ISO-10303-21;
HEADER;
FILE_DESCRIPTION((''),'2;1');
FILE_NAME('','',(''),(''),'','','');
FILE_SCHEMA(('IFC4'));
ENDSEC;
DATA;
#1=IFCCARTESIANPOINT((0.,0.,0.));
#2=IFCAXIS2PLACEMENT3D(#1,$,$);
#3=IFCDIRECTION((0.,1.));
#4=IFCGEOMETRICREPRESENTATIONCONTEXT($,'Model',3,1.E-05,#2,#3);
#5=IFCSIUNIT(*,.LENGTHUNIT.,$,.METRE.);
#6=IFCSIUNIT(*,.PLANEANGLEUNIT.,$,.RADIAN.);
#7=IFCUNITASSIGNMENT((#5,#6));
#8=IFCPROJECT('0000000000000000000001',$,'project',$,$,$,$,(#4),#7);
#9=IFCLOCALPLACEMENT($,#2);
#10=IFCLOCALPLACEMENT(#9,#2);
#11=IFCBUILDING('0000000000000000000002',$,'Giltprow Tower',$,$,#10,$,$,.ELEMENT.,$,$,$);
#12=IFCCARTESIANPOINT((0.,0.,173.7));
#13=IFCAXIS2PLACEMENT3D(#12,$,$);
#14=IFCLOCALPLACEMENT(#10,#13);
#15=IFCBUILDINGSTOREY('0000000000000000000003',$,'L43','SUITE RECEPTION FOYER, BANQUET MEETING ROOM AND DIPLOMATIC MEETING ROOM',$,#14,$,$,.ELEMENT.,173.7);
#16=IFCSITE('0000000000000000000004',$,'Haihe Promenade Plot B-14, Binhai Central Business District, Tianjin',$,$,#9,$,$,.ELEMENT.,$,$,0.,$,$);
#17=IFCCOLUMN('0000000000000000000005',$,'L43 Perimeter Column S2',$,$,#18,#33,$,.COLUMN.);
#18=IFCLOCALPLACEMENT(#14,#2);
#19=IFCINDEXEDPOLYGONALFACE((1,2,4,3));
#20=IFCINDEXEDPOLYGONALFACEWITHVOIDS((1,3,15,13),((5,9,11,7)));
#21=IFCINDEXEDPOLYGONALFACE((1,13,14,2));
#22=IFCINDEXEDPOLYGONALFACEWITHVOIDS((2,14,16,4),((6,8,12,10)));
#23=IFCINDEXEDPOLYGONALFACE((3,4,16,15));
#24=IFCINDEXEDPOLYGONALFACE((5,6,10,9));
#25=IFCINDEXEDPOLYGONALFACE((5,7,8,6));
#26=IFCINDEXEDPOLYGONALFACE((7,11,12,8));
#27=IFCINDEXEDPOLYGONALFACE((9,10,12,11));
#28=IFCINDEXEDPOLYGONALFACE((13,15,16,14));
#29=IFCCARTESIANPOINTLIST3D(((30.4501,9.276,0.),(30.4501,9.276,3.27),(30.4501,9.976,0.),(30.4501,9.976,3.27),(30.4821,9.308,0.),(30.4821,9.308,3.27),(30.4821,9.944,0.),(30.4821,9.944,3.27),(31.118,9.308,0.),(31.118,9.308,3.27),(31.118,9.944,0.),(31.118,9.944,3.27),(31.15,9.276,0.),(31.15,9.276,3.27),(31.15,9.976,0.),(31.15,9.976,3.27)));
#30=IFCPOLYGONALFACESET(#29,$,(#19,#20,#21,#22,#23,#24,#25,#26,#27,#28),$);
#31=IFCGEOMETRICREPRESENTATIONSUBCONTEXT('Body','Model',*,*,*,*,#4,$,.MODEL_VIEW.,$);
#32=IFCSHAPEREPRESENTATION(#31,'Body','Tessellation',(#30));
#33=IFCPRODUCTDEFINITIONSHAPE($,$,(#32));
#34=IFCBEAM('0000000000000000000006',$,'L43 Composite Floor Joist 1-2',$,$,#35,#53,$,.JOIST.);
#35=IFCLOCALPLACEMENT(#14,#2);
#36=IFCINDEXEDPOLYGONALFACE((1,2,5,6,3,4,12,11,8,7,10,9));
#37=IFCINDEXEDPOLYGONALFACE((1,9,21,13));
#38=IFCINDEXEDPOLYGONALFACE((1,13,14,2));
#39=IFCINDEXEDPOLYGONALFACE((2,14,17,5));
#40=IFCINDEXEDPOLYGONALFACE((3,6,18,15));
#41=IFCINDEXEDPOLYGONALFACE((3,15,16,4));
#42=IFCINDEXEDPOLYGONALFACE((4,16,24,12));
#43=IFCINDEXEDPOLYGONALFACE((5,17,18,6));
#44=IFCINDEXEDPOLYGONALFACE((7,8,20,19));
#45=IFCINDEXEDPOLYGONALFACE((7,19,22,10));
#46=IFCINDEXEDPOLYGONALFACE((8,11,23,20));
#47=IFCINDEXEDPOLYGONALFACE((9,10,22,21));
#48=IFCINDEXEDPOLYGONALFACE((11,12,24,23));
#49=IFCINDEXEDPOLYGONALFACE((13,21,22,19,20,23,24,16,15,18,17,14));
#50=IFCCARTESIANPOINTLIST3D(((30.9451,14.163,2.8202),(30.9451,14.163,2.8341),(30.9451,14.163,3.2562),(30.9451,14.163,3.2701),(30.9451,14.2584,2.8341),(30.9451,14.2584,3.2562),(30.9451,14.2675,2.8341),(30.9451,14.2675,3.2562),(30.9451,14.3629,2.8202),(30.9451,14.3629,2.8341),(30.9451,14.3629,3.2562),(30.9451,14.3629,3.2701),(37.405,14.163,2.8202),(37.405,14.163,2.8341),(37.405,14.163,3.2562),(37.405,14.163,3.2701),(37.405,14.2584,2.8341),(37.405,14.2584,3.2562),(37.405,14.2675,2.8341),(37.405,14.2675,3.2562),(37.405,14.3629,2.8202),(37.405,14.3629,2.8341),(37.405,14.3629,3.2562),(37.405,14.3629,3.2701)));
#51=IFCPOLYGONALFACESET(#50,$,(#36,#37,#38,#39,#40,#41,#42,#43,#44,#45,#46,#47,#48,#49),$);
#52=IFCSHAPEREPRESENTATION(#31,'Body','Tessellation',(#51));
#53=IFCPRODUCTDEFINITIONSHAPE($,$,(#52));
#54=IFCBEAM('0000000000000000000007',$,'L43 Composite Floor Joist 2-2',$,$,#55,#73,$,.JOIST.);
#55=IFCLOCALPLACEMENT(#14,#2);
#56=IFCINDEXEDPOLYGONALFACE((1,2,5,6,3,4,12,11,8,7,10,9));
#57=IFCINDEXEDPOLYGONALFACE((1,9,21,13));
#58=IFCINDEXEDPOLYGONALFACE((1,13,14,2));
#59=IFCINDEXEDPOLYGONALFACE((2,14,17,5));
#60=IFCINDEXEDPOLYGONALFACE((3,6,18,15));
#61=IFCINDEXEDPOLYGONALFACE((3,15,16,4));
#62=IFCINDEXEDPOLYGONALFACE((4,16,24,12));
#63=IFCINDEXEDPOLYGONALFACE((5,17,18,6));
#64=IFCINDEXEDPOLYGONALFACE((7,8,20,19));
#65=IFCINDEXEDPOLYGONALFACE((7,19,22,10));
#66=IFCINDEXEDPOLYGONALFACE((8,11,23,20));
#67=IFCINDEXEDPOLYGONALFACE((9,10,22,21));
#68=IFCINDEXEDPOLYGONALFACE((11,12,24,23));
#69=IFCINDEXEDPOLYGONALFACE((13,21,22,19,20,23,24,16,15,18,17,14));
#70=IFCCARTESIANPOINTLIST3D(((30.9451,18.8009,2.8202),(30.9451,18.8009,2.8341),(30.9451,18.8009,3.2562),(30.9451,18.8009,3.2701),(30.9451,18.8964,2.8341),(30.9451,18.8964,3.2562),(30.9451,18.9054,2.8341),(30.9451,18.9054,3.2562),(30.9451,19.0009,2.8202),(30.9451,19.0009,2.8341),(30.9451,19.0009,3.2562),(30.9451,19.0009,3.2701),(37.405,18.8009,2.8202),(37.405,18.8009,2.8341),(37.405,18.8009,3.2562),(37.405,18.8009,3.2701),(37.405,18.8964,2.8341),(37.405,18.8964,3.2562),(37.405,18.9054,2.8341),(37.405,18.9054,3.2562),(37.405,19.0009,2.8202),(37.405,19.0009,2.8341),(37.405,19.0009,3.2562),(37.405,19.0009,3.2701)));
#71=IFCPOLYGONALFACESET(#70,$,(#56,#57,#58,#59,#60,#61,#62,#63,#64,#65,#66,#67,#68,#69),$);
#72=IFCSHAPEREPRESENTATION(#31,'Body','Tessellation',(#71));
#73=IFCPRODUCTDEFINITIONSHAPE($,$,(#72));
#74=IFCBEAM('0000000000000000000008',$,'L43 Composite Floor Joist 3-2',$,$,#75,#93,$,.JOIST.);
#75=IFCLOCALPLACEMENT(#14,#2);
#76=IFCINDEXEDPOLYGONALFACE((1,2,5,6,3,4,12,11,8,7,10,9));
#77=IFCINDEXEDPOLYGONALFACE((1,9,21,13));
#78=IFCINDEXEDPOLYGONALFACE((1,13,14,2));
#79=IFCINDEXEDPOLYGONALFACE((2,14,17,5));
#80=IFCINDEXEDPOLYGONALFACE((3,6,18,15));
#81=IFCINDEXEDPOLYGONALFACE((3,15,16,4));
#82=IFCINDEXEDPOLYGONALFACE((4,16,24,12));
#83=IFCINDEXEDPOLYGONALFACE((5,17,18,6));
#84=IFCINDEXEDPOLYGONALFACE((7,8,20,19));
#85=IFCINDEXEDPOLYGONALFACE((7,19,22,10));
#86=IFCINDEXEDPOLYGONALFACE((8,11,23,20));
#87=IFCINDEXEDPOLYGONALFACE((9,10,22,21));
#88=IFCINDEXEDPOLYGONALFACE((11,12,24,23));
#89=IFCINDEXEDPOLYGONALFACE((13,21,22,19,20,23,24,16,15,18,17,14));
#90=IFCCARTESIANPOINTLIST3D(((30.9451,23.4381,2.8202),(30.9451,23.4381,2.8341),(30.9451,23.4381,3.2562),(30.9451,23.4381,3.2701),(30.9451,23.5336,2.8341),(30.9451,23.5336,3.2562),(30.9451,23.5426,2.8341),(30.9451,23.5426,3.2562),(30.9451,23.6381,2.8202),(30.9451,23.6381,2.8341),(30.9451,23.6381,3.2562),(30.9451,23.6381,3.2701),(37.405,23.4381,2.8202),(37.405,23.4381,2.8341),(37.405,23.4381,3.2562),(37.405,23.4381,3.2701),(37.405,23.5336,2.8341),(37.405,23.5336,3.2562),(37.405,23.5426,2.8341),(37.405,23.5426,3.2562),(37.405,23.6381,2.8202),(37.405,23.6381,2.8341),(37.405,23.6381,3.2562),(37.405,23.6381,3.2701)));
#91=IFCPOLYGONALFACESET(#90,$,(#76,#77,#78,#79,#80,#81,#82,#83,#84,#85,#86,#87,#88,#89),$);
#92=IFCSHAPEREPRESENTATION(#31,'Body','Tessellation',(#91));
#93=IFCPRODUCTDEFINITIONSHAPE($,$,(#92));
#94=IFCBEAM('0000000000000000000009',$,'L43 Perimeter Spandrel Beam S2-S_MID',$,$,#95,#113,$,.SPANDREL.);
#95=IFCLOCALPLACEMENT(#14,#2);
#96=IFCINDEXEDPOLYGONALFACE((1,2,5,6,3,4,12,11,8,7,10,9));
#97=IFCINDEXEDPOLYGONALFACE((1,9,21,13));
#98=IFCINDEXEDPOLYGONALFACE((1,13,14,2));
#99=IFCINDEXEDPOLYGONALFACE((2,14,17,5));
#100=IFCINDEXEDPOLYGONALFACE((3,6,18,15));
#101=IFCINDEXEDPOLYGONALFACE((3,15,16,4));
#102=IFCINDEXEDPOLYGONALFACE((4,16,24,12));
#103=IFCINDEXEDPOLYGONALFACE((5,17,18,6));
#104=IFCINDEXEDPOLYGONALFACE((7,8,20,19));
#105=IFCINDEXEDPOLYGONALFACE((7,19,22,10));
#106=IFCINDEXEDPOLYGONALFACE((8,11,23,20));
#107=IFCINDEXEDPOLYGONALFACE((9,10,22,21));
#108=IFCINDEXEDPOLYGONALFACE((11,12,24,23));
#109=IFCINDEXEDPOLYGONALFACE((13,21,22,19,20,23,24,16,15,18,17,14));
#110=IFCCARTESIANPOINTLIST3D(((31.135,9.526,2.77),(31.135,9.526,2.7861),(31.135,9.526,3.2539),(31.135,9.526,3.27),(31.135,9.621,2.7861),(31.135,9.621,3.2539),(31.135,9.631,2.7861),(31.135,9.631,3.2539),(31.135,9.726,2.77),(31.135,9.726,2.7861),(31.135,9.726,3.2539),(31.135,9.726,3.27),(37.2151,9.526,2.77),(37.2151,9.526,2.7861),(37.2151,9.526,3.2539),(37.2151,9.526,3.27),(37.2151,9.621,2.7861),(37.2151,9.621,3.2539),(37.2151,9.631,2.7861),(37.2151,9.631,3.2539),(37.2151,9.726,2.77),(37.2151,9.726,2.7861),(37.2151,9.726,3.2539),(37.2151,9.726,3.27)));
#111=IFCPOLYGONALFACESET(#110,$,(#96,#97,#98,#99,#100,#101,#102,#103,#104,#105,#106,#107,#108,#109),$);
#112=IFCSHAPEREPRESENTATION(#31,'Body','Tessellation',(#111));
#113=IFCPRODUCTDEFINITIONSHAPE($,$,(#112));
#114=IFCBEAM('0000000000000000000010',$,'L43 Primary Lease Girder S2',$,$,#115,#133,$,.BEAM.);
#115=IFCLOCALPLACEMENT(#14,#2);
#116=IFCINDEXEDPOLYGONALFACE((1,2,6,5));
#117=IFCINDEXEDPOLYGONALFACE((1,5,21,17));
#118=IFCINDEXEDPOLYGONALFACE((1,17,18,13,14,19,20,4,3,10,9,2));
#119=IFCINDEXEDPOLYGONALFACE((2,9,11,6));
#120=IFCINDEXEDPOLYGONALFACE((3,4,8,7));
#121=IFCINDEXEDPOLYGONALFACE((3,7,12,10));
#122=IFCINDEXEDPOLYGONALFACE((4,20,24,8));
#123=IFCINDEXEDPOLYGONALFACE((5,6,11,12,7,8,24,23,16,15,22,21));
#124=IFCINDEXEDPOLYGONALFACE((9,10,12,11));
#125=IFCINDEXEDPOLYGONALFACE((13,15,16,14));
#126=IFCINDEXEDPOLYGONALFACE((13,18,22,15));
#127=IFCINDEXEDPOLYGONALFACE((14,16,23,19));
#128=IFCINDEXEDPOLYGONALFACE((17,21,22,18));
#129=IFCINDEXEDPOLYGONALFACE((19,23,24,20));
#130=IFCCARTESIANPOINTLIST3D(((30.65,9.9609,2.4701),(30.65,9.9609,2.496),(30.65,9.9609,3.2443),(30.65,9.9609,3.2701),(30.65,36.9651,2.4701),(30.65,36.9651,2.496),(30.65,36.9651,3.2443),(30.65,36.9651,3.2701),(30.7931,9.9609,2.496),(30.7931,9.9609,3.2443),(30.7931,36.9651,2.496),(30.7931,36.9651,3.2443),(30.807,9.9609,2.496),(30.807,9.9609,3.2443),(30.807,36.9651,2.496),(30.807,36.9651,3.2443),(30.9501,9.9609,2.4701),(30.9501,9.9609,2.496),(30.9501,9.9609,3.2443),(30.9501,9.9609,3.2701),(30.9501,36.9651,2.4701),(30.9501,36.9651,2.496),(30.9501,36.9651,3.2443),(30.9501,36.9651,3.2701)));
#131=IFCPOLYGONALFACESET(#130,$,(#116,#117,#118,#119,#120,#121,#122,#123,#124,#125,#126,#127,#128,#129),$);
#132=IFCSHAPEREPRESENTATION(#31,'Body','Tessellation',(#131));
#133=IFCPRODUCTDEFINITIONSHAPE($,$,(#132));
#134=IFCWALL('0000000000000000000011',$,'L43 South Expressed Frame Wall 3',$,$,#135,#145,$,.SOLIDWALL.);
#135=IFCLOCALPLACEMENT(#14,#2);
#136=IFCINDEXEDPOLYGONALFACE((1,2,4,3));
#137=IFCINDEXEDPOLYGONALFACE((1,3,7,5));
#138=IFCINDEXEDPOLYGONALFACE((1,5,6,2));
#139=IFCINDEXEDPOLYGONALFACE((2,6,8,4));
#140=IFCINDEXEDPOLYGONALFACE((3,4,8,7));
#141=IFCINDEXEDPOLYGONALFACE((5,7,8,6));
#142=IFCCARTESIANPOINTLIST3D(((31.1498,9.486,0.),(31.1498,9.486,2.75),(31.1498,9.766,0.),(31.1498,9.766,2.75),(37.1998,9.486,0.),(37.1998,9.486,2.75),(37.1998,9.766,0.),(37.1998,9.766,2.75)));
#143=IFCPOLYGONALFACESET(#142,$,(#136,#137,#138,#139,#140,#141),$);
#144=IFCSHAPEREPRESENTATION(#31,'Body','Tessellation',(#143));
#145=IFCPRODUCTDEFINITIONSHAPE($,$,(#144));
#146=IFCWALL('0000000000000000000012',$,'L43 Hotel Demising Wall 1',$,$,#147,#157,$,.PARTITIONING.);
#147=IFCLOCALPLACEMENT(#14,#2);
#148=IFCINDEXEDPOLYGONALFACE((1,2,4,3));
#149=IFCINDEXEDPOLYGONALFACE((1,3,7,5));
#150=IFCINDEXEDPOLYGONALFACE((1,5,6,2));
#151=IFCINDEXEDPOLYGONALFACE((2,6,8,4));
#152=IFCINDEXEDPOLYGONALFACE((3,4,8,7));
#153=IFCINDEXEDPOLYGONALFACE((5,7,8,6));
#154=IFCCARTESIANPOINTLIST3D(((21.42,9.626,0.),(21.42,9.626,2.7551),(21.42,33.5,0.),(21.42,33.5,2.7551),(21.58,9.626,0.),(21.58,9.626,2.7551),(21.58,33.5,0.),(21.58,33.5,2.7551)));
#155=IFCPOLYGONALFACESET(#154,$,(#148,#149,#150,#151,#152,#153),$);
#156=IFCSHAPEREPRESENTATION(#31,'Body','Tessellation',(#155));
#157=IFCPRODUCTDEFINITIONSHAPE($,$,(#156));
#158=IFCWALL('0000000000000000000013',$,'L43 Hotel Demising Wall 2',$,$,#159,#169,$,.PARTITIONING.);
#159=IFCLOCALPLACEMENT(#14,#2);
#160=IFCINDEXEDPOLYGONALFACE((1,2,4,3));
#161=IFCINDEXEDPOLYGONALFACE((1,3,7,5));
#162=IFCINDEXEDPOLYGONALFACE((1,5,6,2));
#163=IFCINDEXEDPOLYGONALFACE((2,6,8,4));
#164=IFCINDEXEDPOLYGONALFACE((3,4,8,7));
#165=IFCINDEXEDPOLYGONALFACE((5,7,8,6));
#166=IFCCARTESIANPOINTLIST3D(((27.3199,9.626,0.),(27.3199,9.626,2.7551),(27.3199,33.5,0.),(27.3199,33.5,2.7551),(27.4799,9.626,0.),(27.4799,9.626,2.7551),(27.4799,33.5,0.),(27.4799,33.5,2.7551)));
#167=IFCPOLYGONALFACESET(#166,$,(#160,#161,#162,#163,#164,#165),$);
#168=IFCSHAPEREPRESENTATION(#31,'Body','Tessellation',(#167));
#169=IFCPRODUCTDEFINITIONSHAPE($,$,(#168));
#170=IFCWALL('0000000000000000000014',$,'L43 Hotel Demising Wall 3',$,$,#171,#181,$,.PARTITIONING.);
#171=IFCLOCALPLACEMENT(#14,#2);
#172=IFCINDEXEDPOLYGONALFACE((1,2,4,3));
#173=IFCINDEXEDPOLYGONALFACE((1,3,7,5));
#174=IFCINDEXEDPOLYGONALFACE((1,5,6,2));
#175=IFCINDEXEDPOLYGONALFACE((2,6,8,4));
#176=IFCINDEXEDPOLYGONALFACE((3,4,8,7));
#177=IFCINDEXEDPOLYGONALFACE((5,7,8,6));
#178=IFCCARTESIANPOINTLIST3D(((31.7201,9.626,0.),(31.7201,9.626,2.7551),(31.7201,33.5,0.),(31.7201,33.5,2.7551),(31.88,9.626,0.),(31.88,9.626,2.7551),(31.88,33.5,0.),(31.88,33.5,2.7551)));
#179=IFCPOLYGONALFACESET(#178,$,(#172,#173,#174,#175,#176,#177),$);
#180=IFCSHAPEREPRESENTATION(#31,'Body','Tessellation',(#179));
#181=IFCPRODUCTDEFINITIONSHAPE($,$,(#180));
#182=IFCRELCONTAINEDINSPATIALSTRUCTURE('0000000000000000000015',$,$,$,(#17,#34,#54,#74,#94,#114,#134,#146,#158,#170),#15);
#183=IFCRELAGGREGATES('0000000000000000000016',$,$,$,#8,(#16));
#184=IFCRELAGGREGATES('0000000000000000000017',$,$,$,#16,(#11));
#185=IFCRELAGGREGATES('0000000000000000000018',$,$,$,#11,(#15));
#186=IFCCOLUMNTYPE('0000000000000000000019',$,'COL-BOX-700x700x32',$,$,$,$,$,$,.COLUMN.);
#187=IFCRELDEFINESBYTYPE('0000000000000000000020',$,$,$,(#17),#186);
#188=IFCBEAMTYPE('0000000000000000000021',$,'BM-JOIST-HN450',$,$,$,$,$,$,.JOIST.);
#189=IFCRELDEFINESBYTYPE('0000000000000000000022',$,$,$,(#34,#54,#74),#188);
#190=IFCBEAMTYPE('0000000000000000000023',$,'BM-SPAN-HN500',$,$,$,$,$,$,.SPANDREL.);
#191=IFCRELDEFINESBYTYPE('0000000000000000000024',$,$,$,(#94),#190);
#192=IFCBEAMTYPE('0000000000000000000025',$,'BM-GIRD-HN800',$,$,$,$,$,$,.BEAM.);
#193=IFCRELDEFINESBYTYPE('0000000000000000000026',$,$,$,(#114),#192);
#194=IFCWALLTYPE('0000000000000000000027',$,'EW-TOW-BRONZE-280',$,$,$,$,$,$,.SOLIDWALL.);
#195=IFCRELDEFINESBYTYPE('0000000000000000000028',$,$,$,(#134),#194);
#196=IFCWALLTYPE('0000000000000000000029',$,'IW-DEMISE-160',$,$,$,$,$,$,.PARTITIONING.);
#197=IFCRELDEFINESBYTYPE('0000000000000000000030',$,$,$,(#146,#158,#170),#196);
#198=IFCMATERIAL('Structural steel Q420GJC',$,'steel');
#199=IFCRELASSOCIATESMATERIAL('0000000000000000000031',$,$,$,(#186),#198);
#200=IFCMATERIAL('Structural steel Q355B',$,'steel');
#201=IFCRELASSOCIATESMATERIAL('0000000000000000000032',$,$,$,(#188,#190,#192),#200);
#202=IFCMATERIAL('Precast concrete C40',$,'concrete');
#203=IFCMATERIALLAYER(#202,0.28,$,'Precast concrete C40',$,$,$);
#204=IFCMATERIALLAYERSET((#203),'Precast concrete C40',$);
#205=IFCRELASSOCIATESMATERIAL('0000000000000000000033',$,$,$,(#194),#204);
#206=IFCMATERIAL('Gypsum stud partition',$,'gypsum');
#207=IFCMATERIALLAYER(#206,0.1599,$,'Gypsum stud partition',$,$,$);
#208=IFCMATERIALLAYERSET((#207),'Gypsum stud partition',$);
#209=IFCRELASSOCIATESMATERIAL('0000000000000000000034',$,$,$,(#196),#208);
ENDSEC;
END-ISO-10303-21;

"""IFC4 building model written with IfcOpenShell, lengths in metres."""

from ifc_helpers import new_model, si_unit, direction, frame, frame_2d, origin, origin_2d, place, context, subcontext, project, spatial, rectangle, hollow_rectangle, i_section, extrude, source, transform, mapped, material, layer, layer_set, material_profile, profile_set, type_object, element, save


model = new_model("IFC4")

# Units and contexts
model_context = context("Model", 3, precision=1e-05, world=origin(), true_north=direction((0.0, 1.0)))
body_context = subcontext(model_context, "Body", "Model", "MODEL_VIEW")
ifc_project = project(units=[si_unit("LENGTHUNIT", "METRE"), si_unit("PLANEANGLEUNIT", "RADIAN")], contexts=[model_context])

# Site, building, storey
site_placement = place(None, origin())
site = spatial("IfcSite", under=ifc_project, at=site_placement, Name="Haihe Promenade Plot B-14, Binhai Central Business District, Tianjin", CompositionType="ELEMENT", RefElevation=0.0)
building_placement = place(site_placement, origin())
building = spatial("IfcBuilding", under=site, at=building_placement, Name="Giltprow Tower", CompositionType="ELEMENT")
storey_placement = place(building_placement, frame((0.0, 0.0, 173.7)))
storey = spatial("IfcBuildingStorey", under=building, at=storey_placement, Name="L43", Description="SUITE RECEPTION FOYER, BANQUET MEETING ROOM AND DIPLOMATIC MEETING ROOM", CompositionType="ELEMENT", Elevation=173.7)

# Column
ifc_material_1 = material(Name="Structural steel Q420GJC", Category="steel")
ifc_material_profile_1 = material_profile(ifc_material_1, hollow_rectangle(XDim=0.7, YDim=0.7, WallThickness=0.032, at=origin_2d()), Name="BOX 700x700x32")
ifc_profile_set_1 = profile_set([ifc_material_profile_1], Name="Structural steel Q420GJC")
column_type = type_object("IfcColumnType", Name="COL-BOX-700x700x32", PredefinedType="COLUMN", material=ifc_profile_set_1)
shared_shape_1 = source(origin(), body_context, "Body", "SweptSolid", [
    extrude(hollow_rectangle(XDim=0.7, YDim=0.7, WallThickness=0.032, at=origin_2d()), origin(), (0.0, 0.0, 1.0), 3.27),
])
column_placement = place(storey_placement, frame((30.8, 9.626, 0.0), z_axis=(0.0, 0.0, 1.0), x_axis=(1.0, 0.0, 0.0)))
element("IfcColumn", 1, at=column_placement, inside=storey, type_object=column_type, Name="L43 Perimeter Column S2", PredefinedType="COLUMN", context=body_context, shape_type="MappedRepresentation", body=[
    mapped(shared_shape_1, transform((0.0, 0.0, 0.0), x_axis=(1.0, 0.0, 0.0), y_axis=(0.0, 1.0, 0.0), z_axis=(0.0, 0.0, 1.0), scale=1.0)),
])

# Beams
ifc_material_2 = material(Name="Structural steel Q355B", Category="steel")
ifc_material_profile_2 = material_profile(ifc_material_2, i_section(OverallWidth=0.2, OverallDepth=0.45, WebThickness=0.009, FlangeThickness=0.0139, at=origin_2d()), Name="HN 450x200x9x14")
ifc_profile_set_2 = profile_set([ifc_material_profile_2], Name="Structural steel Q355B")
beam_type_1 = type_object("IfcBeamType", Name="BM-JOIST-HN450", PredefinedType="JOIST", material=ifc_profile_set_2)
shared_shape_2 = source(origin(), body_context, "Body", "SweptSolid", [
    extrude(i_section(OverallWidth=0.2, OverallDepth=0.45, WebThickness=0.009, FlangeThickness=0.0139, at=origin_2d()), origin(), (0.0, 0.0, 1.0), 6.46),
])
for number, where, z_axis, x_axis, name in (
    (2, (30.9451, 14.2629, 3.0452), (1.0, 0.0, 0.0), (0.0, 1.0, 0.0), "L43 Composite Floor Joist 1-2"),
    (3, (30.9451, 18.9009, 3.0452), (1.0, 0.0, 0.0), (0.0, 1.0, 0.0), "L43 Composite Floor Joist 2-2"),
    (4, (30.9451, 23.5381, 3.0452), (1.0, 0.0, 0.0), (0.0, 1.0, 0.0), "L43 Composite Floor Joist 3-2"),
):
    element("IfcBeam", number, at=place(storey_placement, frame(where, z_axis=z_axis, x_axis=x_axis)), inside=storey, type_object=beam_type_1, Name=name, PredefinedType="JOIST", context=body_context, shape_type="MappedRepresentation", body=[
        mapped(shared_shape_2, transform((0.0, 0.0, 0.0), x_axis=(1.0, 0.0, 0.0), y_axis=(0.0, 1.0, 0.0), z_axis=(0.0, 0.0, 1.0), scale=1.0)),
    ])
ifc_material_profile_3 = material_profile(ifc_material_2, i_section(OverallWidth=0.2, OverallDepth=0.5, WebThickness=0.01, FlangeThickness=0.0161, at=origin_2d()), Name="HN 500x200x10x16")
ifc_profile_set_3 = profile_set([ifc_material_profile_3], Name="Structural steel Q355B")
beam_type_2 = type_object("IfcBeamType", Name="BM-SPAN-HN500", PredefinedType="SPANDREL", material=ifc_profile_set_3)
shared_shape_3 = source(origin(), body_context, "Body", "SweptSolid", [
    extrude(i_section(OverallWidth=0.2, OverallDepth=0.5, WebThickness=0.01, FlangeThickness=0.0161, at=origin_2d()), origin(), (0.0, 0.0, 1.0), 6.0801),
])
beam_1_placement = place(storey_placement, frame((31.135, 9.626, 3.02), z_axis=(1.0, 0.0, 0.0), x_axis=(0.0, 1.0, 0.0)))
element("IfcBeam", 5, at=beam_1_placement, inside=storey, type_object=beam_type_2, Name="L43 Perimeter Spandrel Beam S2-S_MID", PredefinedType="SPANDREL", context=body_context, shape_type="MappedRepresentation", body=[
    mapped(shared_shape_3, transform((0.0, 0.0, 0.0), x_axis=(1.0, 0.0, 0.0), y_axis=(0.0, 1.0, 0.0), z_axis=(0.0, 0.0, 1.0), scale=1.0)),
])
ifc_material_profile_4 = material_profile(ifc_material_2, i_section(OverallWidth=0.3, OverallDepth=0.8, WebThickness=0.0139, FlangeThickness=0.0259, at=origin_2d()), Name="HN 800x300x14x26")
ifc_profile_set_4 = profile_set([ifc_material_profile_4], Name="Structural steel Q355B")
beam_type_3 = type_object("IfcBeamType", Name="BM-GIRD-HN800", PredefinedType="BEAM", material=ifc_profile_set_4)
shared_shape_4 = source(origin(), body_context, "Body", "SweptSolid", [
    extrude(i_section(OverallWidth=0.3, OverallDepth=0.8, WebThickness=0.0139, FlangeThickness=0.0259, at=origin_2d()), origin(), (0.0, 0.0, 1.0), 27.0042),
])
beam_2_placement = place(storey_placement, frame((30.8, 9.9609, 2.8701), z_axis=(0.0, 1.0, 0.0), x_axis=(-1.0, 0.0, 0.0)))
element("IfcBeam", 6, at=beam_2_placement, inside=storey, type_object=beam_type_3, Name="L43 Primary Lease Girder S2", PredefinedType="BEAM", context=body_context, shape_type="MappedRepresentation", body=[
    mapped(shared_shape_4, transform((0.0, 0.0, 0.0), x_axis=(1.0, 0.0, 0.0), y_axis=(0.0, 1.0, 0.0), z_axis=(0.0, 0.0, 1.0), scale=1.0)),
])

# Walls
ifc_material_3 = material(Name="Precast concrete C40", Category="concrete")
ifc_layer_1 = layer(ifc_material_3, 0.28, Name="Precast concrete C40")
ifc_layer_set_1 = layer_set([ifc_layer_1], Name="Precast concrete C40")
wall_type_1 = type_object("IfcWallType", Name="EW-TOW-BRONZE-280", PredefinedType="SOLIDWALL", material=ifc_layer_set_1)
wall_1_placement = place(storey_placement, frame((31.1499, 9.626, 0.0), z_axis=(0.0, 0.0, 1.0), x_axis=(1.0, 0.0, 0.0)))
element("IfcWall", 7, at=wall_1_placement, inside=storey, type_object=wall_type_1, Name="L43 South Expressed Frame Wall 3", PredefinedType="SOLIDWALL", context=body_context, shape_type="SweptSolid", body=[
    extrude(rectangle(XDim=6.05, YDim=0.28, at=frame_2d((3.0249, 0.0))), origin(), (0.0, 0.0, 1.0), 2.75),
])
ifc_material_4 = material(Name="Gypsum stud partition", Category="gypsum")
ifc_layer_2 = layer(ifc_material_4, 0.1599, Name="Gypsum stud partition")
ifc_layer_set_2 = layer_set([ifc_layer_2], Name="Gypsum stud partition")
wall_type_2 = type_object("IfcWallType", Name="IW-DEMISE-160", PredefinedType="PARTITIONING", material=ifc_layer_set_2)
for number, where, z_axis, x_axis, name in (
    (8, (21.5, 9.626, 0.0), (0.0, 0.0, 1.0), (0.0, 1.0, 0.0), "L43 Hotel Demising Wall 1"),
    (9, (27.3999, 9.626, 0.0), (0.0, 0.0, 1.0), (0.0, 1.0, 0.0), "L43 Hotel Demising Wall 2"),
    (10, (31.8, 9.626, 0.0), (0.0, 0.0, 1.0), (0.0, 1.0, 0.0), "L43 Hotel Demising Wall 3"),
):
    element("IfcWall", number, at=place(storey_placement, frame(where, z_axis=z_axis, x_axis=x_axis)), inside=storey, type_object=wall_type_2, Name=name, PredefinedType="PARTITIONING", context=body_context, shape_type="SweptSolid", body=[
        extrude(rectangle(XDim=23.874, YDim=0.1599, at=frame_2d((11.937, 0.0))), origin(), (0.0, 0.0, 1.0), 2.7551),
    ])

save(model, "model.ifc")
